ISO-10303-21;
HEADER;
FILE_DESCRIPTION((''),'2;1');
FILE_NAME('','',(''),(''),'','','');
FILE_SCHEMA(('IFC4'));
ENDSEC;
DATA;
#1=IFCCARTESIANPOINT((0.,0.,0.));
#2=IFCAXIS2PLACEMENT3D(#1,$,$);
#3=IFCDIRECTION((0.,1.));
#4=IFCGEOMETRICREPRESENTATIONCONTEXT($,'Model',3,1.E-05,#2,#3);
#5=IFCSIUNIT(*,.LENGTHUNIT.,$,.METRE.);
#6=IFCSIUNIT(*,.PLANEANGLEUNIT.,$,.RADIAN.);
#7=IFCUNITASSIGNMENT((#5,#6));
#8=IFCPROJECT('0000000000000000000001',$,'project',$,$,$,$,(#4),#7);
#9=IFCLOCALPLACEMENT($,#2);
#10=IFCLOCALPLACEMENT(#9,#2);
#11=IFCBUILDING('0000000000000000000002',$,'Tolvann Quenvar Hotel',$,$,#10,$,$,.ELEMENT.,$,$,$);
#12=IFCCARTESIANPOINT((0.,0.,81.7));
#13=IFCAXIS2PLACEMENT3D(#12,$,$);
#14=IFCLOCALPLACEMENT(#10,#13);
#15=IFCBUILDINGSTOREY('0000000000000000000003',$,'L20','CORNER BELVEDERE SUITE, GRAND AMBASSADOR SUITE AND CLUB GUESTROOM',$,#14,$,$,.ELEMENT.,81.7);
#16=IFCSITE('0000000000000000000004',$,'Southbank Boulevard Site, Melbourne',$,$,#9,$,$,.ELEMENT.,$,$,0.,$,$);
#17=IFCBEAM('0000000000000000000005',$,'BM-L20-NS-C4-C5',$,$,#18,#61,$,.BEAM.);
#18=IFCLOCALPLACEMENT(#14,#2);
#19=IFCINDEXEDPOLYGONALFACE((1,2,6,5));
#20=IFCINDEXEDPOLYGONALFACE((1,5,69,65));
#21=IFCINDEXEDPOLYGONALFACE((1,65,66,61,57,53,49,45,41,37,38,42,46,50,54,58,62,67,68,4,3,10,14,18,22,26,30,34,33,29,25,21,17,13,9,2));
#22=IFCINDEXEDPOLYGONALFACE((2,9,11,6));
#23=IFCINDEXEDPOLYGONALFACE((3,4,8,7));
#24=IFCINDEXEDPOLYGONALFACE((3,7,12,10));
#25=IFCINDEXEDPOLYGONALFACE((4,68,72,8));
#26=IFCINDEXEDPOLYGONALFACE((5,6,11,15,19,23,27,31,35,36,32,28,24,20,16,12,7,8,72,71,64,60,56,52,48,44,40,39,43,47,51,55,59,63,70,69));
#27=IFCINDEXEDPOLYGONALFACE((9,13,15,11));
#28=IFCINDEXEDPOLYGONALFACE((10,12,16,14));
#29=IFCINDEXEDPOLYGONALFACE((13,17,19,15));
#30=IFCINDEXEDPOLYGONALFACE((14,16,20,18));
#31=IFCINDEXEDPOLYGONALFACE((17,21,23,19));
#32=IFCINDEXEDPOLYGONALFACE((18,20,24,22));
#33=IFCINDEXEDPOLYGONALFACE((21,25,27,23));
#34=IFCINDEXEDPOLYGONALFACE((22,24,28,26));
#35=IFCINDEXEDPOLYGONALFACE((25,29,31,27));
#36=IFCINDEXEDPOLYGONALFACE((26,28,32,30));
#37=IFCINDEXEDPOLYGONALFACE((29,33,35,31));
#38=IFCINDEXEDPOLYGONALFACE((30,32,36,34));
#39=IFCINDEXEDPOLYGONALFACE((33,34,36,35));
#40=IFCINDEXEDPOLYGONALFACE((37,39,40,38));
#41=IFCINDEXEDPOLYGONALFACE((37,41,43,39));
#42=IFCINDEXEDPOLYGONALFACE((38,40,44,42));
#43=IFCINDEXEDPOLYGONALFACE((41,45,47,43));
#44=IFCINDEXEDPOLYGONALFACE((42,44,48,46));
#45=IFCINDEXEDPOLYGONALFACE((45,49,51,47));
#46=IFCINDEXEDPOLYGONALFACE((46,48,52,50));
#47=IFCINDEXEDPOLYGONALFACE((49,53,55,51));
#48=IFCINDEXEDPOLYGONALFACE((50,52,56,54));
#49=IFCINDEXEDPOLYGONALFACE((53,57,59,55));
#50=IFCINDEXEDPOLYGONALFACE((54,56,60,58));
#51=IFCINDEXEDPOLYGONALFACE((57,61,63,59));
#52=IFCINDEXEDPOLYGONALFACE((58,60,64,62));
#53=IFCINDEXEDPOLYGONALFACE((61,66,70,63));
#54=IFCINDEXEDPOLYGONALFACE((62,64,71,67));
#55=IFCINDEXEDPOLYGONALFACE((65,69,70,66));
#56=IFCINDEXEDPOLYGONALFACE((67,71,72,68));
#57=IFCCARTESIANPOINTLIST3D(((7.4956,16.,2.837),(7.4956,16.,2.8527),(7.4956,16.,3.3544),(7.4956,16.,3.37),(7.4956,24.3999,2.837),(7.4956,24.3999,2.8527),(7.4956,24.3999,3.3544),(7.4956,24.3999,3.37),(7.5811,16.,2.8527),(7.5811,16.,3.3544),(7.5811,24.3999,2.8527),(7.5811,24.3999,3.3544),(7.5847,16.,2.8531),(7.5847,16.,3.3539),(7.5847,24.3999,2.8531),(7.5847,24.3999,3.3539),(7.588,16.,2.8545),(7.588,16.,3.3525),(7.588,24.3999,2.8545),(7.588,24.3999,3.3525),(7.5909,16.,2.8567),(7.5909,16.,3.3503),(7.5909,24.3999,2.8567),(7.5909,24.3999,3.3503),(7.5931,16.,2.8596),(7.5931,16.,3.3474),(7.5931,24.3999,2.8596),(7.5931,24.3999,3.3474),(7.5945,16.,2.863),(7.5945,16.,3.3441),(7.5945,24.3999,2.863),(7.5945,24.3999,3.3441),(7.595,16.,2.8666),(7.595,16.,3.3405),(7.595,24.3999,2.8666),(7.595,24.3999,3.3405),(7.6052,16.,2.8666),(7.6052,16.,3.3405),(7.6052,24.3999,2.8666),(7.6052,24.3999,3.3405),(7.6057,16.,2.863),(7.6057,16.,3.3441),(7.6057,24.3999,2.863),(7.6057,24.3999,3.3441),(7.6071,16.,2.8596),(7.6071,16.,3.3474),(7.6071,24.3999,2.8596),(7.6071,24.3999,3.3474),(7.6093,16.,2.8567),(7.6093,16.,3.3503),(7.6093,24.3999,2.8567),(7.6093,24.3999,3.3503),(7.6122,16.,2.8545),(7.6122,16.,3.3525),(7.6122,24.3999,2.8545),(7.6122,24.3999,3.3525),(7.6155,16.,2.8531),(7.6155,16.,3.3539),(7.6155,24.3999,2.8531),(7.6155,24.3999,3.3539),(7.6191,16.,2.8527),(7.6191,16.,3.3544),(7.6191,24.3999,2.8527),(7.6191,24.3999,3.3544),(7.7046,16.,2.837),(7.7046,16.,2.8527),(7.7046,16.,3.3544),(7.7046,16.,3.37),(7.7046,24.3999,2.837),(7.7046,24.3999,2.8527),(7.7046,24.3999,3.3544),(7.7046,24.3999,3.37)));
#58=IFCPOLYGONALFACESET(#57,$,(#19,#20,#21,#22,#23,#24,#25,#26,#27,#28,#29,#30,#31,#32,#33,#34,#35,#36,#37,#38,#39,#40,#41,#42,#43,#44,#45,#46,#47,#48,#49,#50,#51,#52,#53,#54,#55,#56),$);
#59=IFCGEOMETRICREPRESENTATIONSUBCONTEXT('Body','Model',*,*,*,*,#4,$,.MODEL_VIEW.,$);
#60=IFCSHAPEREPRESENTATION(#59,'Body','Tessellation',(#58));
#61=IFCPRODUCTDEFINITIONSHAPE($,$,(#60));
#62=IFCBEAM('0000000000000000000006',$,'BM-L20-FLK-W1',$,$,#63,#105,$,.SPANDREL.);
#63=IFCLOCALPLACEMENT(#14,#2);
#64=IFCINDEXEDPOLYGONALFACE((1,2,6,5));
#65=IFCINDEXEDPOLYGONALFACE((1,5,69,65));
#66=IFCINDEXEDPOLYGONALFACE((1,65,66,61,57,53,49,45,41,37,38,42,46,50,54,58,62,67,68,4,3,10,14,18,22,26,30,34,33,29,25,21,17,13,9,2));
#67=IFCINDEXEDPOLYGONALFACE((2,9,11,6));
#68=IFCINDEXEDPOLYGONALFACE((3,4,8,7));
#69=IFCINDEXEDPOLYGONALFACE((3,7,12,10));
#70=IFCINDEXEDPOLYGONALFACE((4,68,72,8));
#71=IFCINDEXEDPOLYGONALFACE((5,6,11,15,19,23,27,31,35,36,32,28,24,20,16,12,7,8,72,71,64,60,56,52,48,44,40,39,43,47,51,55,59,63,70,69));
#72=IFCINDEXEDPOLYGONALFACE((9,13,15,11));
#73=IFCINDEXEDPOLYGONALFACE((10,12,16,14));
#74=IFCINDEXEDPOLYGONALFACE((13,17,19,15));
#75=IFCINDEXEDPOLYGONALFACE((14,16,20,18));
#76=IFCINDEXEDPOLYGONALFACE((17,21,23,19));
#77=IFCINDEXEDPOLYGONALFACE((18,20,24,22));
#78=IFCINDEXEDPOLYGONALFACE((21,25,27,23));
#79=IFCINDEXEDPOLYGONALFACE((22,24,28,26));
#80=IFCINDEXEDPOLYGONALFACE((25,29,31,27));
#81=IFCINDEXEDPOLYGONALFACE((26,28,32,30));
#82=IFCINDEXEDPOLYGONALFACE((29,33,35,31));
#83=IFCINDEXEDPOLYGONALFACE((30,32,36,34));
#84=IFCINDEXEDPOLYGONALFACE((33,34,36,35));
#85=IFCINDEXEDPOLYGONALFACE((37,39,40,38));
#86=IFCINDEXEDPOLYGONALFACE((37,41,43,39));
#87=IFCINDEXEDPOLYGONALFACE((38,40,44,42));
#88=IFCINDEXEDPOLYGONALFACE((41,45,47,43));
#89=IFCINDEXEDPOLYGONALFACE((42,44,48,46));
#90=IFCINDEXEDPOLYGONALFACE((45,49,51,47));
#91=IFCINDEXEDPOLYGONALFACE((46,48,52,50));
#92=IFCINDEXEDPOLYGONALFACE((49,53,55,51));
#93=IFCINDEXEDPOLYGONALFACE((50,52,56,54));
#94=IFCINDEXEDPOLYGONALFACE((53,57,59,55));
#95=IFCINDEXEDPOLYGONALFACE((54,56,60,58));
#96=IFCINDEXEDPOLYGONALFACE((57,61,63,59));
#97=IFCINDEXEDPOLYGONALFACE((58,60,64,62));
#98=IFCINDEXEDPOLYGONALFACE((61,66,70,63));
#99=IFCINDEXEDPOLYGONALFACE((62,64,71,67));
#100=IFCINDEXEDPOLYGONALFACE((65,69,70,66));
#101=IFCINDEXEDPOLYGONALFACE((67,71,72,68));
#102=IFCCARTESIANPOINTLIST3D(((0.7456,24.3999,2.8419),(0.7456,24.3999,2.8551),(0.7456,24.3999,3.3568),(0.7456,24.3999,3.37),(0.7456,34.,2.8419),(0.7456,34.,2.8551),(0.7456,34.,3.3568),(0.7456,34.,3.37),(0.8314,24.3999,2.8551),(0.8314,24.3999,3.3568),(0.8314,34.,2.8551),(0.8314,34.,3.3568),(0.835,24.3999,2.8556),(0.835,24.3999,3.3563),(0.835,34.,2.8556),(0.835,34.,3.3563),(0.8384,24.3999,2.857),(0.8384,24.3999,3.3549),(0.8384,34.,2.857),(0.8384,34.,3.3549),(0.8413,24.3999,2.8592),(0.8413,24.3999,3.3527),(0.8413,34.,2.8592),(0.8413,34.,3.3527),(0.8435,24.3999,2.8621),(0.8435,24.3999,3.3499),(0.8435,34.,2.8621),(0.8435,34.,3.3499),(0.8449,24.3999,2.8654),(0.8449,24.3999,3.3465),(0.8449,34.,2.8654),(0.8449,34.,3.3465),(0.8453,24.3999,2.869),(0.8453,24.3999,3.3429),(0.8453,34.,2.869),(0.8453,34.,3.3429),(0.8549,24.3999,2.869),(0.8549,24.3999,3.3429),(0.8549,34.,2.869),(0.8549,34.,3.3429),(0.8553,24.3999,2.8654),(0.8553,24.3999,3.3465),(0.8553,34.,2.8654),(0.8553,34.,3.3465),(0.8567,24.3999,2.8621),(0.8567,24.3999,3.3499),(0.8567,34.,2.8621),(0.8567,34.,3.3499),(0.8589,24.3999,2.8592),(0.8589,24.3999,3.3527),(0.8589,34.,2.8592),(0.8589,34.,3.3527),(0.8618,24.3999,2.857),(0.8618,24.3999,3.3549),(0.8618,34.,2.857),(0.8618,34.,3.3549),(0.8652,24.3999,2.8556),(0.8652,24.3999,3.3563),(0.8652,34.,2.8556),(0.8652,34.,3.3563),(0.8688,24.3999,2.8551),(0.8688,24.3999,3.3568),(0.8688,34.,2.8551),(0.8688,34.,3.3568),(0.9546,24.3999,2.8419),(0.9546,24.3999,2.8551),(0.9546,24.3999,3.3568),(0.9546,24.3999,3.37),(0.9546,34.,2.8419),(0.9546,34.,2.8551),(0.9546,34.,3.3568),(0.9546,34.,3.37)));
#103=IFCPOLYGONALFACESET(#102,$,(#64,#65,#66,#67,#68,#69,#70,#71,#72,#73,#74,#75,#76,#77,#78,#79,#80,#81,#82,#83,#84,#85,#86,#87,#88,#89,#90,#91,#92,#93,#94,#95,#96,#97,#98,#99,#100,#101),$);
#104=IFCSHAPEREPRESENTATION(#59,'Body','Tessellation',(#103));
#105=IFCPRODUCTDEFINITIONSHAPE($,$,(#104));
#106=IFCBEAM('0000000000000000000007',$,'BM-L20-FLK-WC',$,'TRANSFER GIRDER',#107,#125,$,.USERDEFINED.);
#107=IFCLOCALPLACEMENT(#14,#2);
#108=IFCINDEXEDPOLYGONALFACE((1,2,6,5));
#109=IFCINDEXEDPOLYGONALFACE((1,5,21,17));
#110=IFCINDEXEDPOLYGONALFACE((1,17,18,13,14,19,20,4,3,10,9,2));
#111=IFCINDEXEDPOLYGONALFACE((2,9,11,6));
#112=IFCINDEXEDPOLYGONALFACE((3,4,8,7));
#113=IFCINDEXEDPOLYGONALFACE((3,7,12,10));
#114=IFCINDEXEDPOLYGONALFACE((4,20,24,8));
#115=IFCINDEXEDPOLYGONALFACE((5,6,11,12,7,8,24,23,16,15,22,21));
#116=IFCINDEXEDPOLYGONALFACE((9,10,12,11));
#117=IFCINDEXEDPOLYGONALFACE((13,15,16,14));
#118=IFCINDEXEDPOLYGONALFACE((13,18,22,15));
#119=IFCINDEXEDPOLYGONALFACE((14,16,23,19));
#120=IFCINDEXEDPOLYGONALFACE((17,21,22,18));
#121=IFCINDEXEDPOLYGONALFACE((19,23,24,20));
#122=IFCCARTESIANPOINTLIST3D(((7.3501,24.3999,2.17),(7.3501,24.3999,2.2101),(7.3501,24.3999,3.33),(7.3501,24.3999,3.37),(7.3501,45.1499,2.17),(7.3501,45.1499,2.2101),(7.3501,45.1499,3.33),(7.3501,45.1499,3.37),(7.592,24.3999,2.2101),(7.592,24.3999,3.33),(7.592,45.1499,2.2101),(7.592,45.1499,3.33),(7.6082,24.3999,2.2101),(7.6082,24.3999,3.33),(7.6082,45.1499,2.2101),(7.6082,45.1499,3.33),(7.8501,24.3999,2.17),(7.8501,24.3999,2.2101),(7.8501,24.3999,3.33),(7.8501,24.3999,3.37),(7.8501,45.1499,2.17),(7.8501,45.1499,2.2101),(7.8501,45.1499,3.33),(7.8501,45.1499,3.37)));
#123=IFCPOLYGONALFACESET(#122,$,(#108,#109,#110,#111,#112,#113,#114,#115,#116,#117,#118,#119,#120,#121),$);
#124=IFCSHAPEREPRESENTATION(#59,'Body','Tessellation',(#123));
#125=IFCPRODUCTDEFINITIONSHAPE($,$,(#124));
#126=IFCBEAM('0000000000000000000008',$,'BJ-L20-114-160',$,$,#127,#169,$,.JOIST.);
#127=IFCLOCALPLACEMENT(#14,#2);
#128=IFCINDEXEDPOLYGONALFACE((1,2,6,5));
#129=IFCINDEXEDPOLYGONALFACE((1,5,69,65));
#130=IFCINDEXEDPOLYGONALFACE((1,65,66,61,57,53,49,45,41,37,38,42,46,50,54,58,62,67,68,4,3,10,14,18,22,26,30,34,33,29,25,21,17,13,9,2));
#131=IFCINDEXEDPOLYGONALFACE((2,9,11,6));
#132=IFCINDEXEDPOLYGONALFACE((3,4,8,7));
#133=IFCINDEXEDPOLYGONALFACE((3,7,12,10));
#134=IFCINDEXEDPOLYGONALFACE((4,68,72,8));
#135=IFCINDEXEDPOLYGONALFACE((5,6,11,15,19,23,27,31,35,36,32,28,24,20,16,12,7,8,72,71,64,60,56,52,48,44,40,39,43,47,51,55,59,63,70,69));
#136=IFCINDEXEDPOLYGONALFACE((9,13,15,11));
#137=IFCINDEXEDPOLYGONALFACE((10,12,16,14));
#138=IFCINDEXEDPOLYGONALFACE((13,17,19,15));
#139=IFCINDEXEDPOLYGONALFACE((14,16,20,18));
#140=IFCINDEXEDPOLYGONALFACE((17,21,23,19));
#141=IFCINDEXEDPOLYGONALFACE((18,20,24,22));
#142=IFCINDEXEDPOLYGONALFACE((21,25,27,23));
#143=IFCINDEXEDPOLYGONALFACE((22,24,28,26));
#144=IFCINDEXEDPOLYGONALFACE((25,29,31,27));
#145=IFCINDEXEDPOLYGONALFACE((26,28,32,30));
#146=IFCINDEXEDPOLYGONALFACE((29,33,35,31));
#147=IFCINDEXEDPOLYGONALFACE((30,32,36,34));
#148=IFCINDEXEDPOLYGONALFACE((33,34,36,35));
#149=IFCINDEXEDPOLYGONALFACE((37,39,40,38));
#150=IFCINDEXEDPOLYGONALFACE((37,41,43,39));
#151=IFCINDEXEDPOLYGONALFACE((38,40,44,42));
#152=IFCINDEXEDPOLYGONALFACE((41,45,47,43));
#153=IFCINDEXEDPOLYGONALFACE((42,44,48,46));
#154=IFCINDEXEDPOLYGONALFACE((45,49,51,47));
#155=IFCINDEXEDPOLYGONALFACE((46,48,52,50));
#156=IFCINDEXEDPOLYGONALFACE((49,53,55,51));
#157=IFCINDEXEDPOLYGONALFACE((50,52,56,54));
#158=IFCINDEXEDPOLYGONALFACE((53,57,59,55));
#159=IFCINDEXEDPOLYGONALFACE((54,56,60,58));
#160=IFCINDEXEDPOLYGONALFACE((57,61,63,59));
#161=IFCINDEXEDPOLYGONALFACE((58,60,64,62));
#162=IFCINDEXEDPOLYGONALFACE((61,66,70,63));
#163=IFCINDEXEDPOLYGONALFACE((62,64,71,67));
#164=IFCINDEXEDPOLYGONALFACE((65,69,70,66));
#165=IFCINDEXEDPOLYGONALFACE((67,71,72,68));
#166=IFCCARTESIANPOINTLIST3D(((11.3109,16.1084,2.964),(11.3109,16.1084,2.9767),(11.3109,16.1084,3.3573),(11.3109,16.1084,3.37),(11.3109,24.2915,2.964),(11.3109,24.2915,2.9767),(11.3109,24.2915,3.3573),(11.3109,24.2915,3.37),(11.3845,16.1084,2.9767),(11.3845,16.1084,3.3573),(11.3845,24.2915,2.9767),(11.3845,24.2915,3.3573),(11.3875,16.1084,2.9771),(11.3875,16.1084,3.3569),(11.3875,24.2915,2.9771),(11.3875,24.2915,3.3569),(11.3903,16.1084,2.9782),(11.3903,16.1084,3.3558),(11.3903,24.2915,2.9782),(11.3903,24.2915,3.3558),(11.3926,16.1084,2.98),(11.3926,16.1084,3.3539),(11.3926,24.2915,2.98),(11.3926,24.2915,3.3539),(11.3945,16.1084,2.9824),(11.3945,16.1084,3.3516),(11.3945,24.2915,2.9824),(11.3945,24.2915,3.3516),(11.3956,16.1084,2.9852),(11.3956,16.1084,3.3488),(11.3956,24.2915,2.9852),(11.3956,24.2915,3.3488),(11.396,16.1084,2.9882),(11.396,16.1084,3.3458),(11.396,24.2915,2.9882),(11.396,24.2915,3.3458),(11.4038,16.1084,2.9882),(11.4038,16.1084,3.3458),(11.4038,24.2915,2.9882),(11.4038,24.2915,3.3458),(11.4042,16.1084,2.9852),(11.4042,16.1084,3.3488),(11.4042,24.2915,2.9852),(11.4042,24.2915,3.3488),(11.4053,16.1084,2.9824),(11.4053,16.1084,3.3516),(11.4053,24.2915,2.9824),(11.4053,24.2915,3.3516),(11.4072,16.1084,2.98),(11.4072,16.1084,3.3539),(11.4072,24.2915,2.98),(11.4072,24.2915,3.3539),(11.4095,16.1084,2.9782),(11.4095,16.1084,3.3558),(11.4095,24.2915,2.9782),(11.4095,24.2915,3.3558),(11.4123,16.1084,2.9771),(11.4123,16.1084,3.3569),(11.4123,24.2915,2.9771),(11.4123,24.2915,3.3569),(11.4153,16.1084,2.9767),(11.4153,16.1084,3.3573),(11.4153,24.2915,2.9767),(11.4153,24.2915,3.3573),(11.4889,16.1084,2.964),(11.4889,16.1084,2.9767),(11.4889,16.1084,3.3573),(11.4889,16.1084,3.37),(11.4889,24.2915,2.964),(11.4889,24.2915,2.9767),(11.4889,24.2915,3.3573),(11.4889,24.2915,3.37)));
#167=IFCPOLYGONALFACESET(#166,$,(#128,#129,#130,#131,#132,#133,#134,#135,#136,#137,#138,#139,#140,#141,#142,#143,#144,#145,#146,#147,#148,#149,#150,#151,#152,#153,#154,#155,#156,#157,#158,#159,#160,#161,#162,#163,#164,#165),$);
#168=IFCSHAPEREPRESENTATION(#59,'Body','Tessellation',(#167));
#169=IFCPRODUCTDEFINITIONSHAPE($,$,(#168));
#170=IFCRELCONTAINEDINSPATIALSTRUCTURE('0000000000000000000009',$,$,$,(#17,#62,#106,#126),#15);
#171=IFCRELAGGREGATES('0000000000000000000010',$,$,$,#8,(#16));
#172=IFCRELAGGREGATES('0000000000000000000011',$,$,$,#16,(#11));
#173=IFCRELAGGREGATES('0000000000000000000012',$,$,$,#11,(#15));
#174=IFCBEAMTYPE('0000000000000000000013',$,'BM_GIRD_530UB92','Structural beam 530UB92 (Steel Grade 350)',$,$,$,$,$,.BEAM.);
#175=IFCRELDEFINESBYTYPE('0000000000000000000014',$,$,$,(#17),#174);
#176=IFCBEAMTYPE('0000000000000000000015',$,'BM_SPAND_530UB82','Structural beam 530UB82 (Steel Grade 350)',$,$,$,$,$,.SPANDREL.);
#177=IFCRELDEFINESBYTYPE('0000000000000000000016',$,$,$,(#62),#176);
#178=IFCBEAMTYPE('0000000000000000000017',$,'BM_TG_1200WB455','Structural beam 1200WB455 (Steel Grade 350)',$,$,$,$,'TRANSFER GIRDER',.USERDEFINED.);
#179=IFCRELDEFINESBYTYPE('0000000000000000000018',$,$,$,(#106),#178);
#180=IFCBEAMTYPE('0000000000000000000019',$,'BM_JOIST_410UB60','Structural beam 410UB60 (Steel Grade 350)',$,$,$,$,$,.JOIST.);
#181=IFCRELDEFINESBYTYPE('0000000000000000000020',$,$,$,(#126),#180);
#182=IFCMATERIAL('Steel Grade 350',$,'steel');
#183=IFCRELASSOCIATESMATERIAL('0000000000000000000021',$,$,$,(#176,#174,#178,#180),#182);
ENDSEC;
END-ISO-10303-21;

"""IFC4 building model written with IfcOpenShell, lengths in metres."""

from ifc_helpers import new_model, si_unit, direction, frame, origin, origin_2d, place, context, subcontext, project, spatial, i_section, extrude, source, transform, mapped, material, material_profile, profile_set, type_object, type_shapes, element, save


model = new_model("IFC4")

# Units and contexts
model_context = context("Model", 3, precision=1e-05, world=origin(), true_north=direction((0.0, 1.0)))
body_context = subcontext(model_context, "Body", "Model", "MODEL_VIEW")
ifc_project = project(units=[si_unit("LENGTHUNIT", "METRE"), si_unit("PLANEANGLEUNIT", "RADIAN")], contexts=[model_context])

# Site, building, storey
site_placement = place(None, origin())
site = spatial("IfcSite", under=ifc_project, at=site_placement, Name="Southbank Boulevard Site, Melbourne", CompositionType="ELEMENT", RefElevation=0.0)
building_placement = place(site_placement, origin())
building = spatial("IfcBuilding", under=site, at=building_placement, Name="Tolvann Quenvar Hotel", CompositionType="ELEMENT")
storey_placement = place(building_placement, frame((0.0, 0.0, 81.7)))
storey = spatial("IfcBuildingStorey", under=building, at=storey_placement, Name="L20", Description="CORNER BELVEDERE SUITE, GRAND AMBASSADOR SUITE AND CLUB GUESTROOM", CompositionType="ELEMENT", Elevation=81.7)

# Shared definitions
ifc_material_1 = material(Name="Steel Grade 350", Category="steel")

# Beams
ifc_material_profile_1 = material_profile(ifc_material_1, i_section(OverallWidth=0.209, OverallDepth=0.5281, WebThickness=0.0095, FlangeThickness=0.0132, FilletRadius=0.0139, at=origin_2d()), Name="530UB82")
ifc_profile_set_1 = profile_set([ifc_material_profile_1], Name="Steel Grade 350")
beam_type_1 = type_object("IfcBeamType", Name="BM_SPAND_530UB82", Description="Structural beam 530UB82 (Steel Grade 350)", PredefinedType="SPANDREL", material=ifc_profile_set_1)
ifc_material_profile_2 = material_profile(ifc_material_1, i_section(OverallWidth=0.209, OverallDepth=0.533, WebThickness=0.0103, FlangeThickness=0.0156, FilletRadius=0.0139, at=origin_2d()), Name="530UB92")
ifc_profile_set_2 = profile_set([ifc_material_profile_2], Name="Steel Grade 350")
beam_type_2 = type_object("IfcBeamType", Name="BM_GIRD_530UB92", Description="Structural beam 530UB92 (Steel Grade 350)", PredefinedType="BEAM", material=ifc_profile_set_2)
shared_shape_1 = source(origin(), body_context, "Body", "SweptSolid", [
    extrude(i_section(OverallWidth=0.209, OverallDepth=0.533, WebThickness=0.0103, FlangeThickness=0.0156, FilletRadius=0.0139, at=origin_2d()), origin(), (0.0, 0.0, 1.0), 8.3999),
])
type_shapes(beam_type_2, [shared_shape_1])
beam_1_placement = place(storey_placement, frame((7.6001, 16.0, 3.1035), z_axis=(0.0, 1.0, 0.0), x_axis=(-1.0, 0.0, 0.0)))
element("IfcBeam", 1, at=beam_1_placement, inside=storey, type_object=beam_type_2, Name="BM-L20-NS-C4-C5", PredefinedType="BEAM", context=body_context, shape_type="MappedRepresentation", body=[
    mapped(shared_shape_1, transform((0.0, 0.0, 0.0), x_axis=(1.0, 0.0, 0.0), y_axis=(0.0, 1.0, 0.0), z_axis=(0.0, 0.0, 1.0), scale=1.0)),
])
shared_shape_2 = source(origin(), body_context, "Body", "SweptSolid", [
    extrude(i_section(OverallWidth=0.209, OverallDepth=0.5281, WebThickness=0.0095, FlangeThickness=0.0132, FilletRadius=0.0139, at=origin_2d()), origin(), (0.0, 0.0, 1.0), 9.6001),
])
beam_2_placement = place(storey_placement, frame((0.8501, 24.3999, 3.106), z_axis=(0.0, 1.0, 0.0), x_axis=(-1.0, 0.0, 0.0)))
element("IfcBeam", 2, at=beam_2_placement, inside=storey, type_object=beam_type_1, Name="BM-L20-FLK-W1", PredefinedType="SPANDREL", context=body_context, shape_type="MappedRepresentation", body=[
    mapped(shared_shape_2, transform((0.0, 0.0, 0.0), x_axis=(1.0, 0.0, 0.0), y_axis=(0.0, 1.0, 0.0), z_axis=(0.0, 0.0, 1.0), scale=1.0)),
])
ifc_material_profile_3 = material_profile(ifc_material_1, i_section(OverallWidth=0.5, OverallDepth=1.2, WebThickness=0.0161, FlangeThickness=0.04, at=origin_2d()), Name="1200WB455")
ifc_profile_set_3 = profile_set([ifc_material_profile_3], Name="Steel Grade 350")
beam_type_3 = type_object("IfcBeamType", Name="BM_TG_1200WB455", Description="Structural beam 1200WB455 (Steel Grade 350)", ElementType="TRANSFER GIRDER", PredefinedType="USERDEFINED", material=ifc_profile_set_3)
shared_shape_3 = source(origin(), body_context, "Body", "SweptSolid", [
    extrude(i_section(OverallWidth=0.5, OverallDepth=1.2, WebThickness=0.0161, FlangeThickness=0.04, at=origin_2d()), origin(), (0.0, 0.0, 1.0), 20.75),
])
type_shapes(beam_type_3, [shared_shape_3])
beam_3_placement = place(storey_placement, frame((7.6001, 24.3999, 2.77), z_axis=(0.0, 1.0, 0.0), x_axis=(-1.0, 0.0, 0.0)))
element("IfcBeam", 3, at=beam_3_placement, inside=storey, type_object=beam_type_3, Name="BM-L20-FLK-WC", ObjectType="TRANSFER GIRDER", PredefinedType="USERDEFINED", context=body_context, shape_type="MappedRepresentation", body=[
    mapped(shared_shape_3, transform((0.0, 0.0, 0.0), x_axis=(1.0, 0.0, 0.0), y_axis=(0.0, 1.0, 0.0), z_axis=(0.0, 0.0, 1.0), scale=1.0)),
])
ifc_material_profile_4 = material_profile(ifc_material_1, i_section(OverallWidth=0.178, OverallDepth=0.406, WebThickness=0.0078, FlangeThickness=0.0127, FilletRadius=0.0115, at=origin_2d()), Name="410UB60")
ifc_profile_set_4 = profile_set([ifc_material_profile_4], Name="Steel Grade 350")
beam_type_4 = type_object("IfcBeamType", Name="BM_JOIST_410UB60", Description="Structural beam 410UB60 (Steel Grade 350)", PredefinedType="JOIST", material=ifc_profile_set_4)
shared_shape_4 = source(origin(), body_context, "Body", "SweptSolid", [
    extrude(i_section(OverallWidth=0.178, OverallDepth=0.406, WebThickness=0.0078, FlangeThickness=0.0127, FilletRadius=0.0115, at=origin_2d()), origin(), (0.0, 0.0, 1.0), 8.1831),
])
beam_4_placement = place(storey_placement, frame((11.3999, 16.1084, 3.167), z_axis=(0.0, 1.0, 0.0), x_axis=(-1.0, 0.0, 0.0)))
element("IfcBeam", 4, at=beam_4_placement, inside=storey, type_object=beam_type_4, Name="BJ-L20-114-160", PredefinedType="JOIST", context=body_context, shape_type="MappedRepresentation", body=[
    mapped(shared_shape_4, transform((0.0, 0.0, 0.0), x_axis=(1.0, 0.0, 0.0), y_axis=(0.0, 1.0, 0.0), z_axis=(0.0, 0.0, 1.0), scale=1.0)),
])

save(model, "model.ifc")
